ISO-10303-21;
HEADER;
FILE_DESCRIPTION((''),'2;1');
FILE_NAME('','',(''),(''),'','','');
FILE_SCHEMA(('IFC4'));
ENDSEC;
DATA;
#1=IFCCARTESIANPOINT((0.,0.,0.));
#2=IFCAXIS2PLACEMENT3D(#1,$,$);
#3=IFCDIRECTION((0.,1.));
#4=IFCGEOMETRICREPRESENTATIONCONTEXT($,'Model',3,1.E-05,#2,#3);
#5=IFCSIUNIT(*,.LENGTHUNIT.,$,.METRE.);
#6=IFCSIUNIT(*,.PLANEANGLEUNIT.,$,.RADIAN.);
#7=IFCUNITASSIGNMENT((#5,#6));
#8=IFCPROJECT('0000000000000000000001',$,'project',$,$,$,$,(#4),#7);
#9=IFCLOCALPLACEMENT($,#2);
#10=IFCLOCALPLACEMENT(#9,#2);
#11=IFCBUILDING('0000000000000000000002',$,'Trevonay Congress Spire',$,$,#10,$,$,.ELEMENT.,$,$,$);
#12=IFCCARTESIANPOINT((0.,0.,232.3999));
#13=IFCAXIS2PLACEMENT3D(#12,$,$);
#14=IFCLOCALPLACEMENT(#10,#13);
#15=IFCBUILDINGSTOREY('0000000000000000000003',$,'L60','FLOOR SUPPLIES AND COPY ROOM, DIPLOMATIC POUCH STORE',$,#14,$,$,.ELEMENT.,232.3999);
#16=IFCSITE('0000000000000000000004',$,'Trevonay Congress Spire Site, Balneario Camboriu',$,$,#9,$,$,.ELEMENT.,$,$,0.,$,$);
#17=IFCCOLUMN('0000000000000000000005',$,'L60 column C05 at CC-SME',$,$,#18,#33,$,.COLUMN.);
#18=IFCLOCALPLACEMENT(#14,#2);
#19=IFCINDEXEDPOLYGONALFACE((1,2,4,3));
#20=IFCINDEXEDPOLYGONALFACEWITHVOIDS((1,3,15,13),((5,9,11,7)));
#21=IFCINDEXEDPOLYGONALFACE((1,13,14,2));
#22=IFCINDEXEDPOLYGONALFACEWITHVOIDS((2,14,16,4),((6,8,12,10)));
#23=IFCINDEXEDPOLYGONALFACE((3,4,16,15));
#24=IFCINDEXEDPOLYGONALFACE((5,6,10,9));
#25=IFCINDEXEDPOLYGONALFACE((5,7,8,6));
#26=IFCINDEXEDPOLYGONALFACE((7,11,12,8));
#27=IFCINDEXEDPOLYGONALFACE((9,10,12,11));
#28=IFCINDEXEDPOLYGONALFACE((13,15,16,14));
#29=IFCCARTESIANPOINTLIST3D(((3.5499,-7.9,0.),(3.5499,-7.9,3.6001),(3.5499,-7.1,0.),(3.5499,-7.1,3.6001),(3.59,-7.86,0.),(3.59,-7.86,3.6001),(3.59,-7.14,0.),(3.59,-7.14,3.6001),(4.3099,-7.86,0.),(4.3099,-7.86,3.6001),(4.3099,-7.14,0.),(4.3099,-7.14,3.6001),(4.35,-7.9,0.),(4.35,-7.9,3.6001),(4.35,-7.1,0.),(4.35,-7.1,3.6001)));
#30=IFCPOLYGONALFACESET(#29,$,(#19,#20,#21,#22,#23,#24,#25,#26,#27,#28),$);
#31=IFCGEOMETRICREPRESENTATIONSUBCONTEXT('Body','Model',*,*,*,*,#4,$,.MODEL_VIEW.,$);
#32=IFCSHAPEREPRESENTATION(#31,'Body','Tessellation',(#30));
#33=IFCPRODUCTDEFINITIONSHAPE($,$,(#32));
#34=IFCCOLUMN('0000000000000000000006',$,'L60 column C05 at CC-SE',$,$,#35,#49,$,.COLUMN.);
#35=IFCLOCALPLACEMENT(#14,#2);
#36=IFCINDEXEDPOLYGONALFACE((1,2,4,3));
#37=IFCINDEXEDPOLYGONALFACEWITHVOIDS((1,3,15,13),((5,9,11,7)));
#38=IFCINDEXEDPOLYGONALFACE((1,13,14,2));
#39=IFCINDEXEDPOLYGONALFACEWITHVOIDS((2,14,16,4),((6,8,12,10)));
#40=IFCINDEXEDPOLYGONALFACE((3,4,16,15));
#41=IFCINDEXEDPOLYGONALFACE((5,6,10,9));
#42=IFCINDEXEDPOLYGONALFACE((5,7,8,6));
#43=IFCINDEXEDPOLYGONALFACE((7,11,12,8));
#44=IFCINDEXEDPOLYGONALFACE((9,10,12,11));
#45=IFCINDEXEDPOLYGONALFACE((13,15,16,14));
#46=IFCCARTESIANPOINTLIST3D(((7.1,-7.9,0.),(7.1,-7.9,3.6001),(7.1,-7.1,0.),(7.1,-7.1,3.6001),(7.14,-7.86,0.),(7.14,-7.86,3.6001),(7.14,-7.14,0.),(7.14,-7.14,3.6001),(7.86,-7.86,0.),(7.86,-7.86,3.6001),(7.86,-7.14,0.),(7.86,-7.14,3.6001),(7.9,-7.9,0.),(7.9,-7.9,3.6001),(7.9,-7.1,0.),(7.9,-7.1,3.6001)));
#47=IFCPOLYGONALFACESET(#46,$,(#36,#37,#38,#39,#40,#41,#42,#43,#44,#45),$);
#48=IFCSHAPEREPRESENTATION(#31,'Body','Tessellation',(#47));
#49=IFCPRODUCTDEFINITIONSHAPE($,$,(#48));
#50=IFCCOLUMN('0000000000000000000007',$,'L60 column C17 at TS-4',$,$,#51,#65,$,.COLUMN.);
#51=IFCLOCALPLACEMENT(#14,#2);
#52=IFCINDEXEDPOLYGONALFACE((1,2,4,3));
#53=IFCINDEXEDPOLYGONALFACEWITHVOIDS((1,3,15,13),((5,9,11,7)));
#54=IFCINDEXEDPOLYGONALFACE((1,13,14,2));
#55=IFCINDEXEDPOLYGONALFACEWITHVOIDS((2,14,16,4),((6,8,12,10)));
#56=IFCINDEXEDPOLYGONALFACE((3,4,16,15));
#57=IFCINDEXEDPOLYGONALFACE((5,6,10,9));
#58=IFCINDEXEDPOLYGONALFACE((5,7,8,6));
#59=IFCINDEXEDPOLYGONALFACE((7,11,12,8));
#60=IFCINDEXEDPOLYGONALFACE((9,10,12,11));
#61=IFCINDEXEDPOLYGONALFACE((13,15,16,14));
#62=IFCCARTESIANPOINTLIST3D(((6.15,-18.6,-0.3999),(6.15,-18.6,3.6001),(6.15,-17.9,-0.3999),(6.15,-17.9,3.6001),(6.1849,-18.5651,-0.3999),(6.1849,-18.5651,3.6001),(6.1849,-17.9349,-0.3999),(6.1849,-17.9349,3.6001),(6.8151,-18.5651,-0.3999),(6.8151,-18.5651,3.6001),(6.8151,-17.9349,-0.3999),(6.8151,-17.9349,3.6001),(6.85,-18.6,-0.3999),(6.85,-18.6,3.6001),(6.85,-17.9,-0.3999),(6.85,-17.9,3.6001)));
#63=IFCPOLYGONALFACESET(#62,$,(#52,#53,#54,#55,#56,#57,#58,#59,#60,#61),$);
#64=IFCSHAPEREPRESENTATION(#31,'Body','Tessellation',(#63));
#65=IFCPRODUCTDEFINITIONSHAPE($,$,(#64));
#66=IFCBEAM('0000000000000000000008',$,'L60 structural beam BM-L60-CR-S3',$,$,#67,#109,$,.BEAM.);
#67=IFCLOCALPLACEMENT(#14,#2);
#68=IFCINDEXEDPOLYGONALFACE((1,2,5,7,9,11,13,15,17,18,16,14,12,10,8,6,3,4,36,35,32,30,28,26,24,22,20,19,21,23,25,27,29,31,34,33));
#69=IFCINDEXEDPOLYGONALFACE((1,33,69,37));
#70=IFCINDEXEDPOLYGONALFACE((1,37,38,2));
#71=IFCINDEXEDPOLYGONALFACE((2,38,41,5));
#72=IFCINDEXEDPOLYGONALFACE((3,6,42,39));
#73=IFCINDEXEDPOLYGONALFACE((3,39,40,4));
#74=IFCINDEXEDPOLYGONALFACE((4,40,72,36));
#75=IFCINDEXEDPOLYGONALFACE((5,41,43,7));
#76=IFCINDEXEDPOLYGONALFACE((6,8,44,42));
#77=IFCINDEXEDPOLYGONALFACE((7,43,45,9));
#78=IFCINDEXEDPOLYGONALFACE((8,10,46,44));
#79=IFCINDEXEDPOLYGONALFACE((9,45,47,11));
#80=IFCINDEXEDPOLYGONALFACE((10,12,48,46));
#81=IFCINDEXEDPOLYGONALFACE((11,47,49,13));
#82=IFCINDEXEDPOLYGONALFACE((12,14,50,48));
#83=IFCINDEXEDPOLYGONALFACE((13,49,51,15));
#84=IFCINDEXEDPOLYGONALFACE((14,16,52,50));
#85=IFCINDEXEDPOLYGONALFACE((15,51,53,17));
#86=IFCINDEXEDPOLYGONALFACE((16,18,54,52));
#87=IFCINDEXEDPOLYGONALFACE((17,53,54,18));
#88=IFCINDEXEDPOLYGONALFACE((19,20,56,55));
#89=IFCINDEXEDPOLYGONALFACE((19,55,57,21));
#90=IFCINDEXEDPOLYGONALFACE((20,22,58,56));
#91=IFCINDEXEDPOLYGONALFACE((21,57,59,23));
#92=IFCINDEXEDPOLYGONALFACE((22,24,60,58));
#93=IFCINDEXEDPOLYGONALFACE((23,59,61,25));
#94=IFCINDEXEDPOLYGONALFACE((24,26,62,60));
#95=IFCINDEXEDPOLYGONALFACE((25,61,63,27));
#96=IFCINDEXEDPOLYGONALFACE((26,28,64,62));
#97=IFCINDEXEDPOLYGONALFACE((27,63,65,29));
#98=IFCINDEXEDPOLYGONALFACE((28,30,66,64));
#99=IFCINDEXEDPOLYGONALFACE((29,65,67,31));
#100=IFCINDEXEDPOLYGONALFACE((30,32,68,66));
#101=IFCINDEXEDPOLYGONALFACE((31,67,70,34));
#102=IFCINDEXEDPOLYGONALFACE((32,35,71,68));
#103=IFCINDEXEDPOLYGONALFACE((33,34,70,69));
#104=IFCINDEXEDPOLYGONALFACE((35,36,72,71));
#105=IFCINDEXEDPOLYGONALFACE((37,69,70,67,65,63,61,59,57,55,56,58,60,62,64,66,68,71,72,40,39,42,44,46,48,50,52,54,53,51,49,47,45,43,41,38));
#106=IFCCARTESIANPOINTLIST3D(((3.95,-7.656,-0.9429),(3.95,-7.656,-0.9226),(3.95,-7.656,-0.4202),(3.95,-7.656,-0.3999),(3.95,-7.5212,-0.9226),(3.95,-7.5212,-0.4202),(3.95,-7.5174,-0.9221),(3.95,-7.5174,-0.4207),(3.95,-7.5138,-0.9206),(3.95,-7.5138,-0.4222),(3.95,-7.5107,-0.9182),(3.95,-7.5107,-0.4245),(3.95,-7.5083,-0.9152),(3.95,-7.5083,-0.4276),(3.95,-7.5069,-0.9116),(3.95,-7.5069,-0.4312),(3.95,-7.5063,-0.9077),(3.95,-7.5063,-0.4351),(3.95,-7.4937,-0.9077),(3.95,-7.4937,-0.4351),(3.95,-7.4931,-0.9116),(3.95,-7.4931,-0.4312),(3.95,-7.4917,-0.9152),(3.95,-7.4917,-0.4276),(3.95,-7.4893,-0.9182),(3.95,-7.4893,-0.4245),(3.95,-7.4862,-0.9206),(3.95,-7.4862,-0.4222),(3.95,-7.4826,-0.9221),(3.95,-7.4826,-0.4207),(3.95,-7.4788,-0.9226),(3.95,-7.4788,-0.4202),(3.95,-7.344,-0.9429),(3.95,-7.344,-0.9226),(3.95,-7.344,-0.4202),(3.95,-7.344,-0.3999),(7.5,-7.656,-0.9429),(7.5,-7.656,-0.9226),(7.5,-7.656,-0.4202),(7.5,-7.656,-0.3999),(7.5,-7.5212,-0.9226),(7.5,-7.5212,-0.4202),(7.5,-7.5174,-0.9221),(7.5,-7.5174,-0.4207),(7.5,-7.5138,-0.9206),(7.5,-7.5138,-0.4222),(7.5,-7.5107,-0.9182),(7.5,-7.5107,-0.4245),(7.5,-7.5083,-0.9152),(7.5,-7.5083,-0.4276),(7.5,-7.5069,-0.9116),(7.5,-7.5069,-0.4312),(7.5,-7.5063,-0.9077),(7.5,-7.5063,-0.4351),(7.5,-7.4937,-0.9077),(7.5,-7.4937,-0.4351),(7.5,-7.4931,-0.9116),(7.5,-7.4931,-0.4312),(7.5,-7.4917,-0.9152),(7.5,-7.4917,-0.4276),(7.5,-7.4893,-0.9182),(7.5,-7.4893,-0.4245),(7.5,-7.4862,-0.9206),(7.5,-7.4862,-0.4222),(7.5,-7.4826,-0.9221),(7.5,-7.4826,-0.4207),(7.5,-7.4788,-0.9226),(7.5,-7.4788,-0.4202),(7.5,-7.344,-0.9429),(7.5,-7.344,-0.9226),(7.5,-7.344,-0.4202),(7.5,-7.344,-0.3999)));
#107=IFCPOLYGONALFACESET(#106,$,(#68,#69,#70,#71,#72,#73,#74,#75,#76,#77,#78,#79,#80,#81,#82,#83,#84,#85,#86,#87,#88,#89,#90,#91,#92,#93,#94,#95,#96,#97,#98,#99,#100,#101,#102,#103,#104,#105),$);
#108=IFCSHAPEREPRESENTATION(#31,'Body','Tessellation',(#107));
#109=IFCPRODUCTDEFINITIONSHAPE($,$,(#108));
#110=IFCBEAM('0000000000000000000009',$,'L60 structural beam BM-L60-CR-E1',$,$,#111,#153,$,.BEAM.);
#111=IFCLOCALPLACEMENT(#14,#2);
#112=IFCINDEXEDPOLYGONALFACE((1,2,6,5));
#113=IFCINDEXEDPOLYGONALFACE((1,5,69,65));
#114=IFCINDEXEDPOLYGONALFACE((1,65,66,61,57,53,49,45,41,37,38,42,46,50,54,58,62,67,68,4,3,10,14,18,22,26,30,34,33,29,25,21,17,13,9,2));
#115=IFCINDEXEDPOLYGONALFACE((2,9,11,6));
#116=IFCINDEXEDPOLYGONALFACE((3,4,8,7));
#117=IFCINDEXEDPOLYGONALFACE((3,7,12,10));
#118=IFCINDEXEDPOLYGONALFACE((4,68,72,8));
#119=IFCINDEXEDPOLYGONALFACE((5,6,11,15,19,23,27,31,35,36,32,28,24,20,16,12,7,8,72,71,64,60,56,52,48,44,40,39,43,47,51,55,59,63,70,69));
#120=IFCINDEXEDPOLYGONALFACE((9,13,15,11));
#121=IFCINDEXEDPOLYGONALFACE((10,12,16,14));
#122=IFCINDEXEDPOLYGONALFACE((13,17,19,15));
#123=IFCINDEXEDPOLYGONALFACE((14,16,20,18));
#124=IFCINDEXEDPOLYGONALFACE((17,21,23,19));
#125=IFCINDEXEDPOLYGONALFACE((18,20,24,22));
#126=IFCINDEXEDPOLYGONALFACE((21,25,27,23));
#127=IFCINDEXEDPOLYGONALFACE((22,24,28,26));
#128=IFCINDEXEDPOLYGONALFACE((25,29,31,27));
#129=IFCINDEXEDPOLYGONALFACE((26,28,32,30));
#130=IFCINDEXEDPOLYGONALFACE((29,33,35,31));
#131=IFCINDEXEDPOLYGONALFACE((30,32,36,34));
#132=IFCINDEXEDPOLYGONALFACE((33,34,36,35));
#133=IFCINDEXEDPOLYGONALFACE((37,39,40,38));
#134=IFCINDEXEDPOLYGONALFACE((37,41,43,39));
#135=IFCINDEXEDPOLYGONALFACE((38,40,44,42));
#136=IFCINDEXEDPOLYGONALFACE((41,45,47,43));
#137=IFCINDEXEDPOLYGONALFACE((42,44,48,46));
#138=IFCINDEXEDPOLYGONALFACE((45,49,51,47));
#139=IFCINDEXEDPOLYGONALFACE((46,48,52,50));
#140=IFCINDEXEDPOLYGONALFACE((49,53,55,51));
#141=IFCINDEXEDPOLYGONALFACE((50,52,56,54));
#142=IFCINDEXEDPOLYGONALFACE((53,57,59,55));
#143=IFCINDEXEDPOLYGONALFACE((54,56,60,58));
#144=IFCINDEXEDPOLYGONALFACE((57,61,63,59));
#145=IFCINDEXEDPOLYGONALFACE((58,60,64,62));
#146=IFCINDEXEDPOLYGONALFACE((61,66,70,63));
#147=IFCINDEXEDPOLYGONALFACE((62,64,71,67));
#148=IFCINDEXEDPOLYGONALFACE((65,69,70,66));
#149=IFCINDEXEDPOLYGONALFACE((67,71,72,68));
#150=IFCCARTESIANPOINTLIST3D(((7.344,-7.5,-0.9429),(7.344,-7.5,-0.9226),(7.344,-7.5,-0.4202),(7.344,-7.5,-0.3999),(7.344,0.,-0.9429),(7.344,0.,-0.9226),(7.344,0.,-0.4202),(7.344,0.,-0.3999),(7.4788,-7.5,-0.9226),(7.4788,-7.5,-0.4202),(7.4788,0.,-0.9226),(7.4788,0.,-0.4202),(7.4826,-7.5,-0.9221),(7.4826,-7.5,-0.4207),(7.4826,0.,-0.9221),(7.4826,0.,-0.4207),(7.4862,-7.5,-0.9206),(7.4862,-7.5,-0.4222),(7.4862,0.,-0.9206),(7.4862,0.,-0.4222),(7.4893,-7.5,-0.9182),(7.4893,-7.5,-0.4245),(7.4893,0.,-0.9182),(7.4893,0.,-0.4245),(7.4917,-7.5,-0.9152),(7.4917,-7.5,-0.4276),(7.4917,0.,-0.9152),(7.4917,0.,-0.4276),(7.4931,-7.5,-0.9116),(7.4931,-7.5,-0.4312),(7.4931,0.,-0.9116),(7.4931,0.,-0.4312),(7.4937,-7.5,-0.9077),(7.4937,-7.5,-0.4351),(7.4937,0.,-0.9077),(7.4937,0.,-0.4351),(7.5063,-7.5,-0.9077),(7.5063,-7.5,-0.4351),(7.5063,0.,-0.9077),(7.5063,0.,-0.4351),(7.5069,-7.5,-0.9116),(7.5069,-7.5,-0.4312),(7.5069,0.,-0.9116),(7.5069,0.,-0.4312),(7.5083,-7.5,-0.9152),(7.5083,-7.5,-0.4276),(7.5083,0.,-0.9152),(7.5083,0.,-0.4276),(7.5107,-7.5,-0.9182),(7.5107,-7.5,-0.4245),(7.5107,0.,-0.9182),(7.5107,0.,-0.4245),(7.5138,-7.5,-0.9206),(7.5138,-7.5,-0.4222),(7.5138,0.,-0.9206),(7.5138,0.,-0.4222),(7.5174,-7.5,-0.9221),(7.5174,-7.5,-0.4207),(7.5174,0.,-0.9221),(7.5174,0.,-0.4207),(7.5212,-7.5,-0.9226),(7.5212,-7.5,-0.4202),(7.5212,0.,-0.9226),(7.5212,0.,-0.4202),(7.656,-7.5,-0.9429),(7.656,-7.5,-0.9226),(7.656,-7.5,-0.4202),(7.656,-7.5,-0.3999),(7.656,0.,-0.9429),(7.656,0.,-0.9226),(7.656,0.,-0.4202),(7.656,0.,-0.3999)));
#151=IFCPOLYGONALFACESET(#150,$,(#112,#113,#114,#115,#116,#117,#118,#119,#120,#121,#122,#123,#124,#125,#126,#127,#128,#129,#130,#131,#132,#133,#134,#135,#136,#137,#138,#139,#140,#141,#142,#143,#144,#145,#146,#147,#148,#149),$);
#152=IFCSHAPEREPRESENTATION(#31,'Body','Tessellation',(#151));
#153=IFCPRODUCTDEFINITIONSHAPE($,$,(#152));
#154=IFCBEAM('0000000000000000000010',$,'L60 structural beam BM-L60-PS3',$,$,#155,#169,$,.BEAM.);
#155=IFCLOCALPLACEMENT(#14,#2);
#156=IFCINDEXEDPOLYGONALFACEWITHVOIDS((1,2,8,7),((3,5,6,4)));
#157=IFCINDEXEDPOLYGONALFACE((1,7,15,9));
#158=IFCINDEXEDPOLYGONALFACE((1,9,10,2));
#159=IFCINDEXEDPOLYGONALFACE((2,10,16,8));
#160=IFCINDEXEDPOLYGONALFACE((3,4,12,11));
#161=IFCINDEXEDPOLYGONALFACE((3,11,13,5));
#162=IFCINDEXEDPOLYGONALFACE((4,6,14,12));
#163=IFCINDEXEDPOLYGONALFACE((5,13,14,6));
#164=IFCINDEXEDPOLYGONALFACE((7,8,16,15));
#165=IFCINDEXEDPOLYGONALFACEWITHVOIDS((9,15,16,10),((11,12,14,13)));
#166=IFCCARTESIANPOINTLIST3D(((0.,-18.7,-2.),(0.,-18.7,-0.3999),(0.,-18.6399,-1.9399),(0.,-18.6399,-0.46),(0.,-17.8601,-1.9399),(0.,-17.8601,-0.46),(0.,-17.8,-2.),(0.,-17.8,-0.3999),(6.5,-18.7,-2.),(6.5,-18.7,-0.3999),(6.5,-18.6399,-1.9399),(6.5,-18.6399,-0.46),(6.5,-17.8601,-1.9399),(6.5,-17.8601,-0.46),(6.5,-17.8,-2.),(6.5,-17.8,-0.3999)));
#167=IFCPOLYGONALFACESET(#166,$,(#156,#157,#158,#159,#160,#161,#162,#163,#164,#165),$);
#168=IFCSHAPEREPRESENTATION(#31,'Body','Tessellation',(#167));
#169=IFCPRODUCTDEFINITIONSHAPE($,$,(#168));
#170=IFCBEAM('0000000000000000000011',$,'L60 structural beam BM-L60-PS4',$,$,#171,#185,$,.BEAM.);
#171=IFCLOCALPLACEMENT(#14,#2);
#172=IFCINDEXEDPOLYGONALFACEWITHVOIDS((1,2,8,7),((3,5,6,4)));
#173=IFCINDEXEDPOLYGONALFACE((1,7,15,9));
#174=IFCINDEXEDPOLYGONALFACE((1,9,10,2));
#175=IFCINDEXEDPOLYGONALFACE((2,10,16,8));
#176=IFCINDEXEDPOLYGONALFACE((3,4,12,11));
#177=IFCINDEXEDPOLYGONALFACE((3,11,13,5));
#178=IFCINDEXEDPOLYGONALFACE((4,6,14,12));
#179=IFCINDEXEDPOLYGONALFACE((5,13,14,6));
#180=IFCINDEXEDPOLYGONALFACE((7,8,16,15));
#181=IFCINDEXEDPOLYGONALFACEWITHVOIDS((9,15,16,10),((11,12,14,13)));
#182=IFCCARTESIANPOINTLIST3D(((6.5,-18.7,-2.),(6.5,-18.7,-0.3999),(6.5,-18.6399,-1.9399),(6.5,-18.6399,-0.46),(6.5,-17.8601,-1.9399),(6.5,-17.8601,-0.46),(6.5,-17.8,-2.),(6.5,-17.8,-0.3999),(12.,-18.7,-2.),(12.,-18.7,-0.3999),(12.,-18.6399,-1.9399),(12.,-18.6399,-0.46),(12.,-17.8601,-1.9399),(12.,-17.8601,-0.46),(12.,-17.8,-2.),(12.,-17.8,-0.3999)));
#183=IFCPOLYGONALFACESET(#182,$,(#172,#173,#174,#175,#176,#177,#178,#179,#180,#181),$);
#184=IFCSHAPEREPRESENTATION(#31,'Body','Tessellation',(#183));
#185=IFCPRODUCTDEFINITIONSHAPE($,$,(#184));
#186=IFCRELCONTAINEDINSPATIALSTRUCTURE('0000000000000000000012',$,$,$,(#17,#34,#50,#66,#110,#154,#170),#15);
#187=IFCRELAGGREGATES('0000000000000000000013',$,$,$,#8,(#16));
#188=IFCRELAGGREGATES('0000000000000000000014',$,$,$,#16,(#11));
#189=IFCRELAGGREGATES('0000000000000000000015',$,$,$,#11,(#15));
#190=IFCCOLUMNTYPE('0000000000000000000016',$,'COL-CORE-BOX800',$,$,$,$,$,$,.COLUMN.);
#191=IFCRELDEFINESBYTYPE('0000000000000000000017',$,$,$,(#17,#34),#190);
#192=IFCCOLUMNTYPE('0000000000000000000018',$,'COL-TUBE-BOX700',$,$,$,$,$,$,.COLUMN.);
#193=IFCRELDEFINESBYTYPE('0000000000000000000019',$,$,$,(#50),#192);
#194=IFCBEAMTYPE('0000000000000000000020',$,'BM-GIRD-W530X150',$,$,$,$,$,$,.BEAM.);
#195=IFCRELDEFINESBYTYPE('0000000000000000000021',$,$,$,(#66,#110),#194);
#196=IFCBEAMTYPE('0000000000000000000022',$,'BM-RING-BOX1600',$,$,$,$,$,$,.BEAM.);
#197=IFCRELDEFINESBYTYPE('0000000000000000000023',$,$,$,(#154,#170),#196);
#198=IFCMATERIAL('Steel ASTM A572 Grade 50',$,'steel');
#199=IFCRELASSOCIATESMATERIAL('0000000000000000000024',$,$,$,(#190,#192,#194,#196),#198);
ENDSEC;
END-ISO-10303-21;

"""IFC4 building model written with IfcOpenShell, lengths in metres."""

from ifc_helpers import new_model, si_unit, direction, frame, origin, origin_2d, place, context, subcontext, project, spatial, hollow_rectangle, i_section, extrude, material, material_profile, profile_set, type_object, element, save


model = new_model("IFC4")

# Units and contexts
model_context = context("Model", 3, precision=1e-05, world=origin(), true_north=direction((0.0, 1.0)))
body_context = subcontext(model_context, "Body", "Model", "MODEL_VIEW")
ifc_project = project(units=[si_unit("LENGTHUNIT", "METRE"), si_unit("PLANEANGLEUNIT", "RADIAN")], contexts=[model_context])

# Site, building, storey
site_placement = place(None, origin())
site = spatial("IfcSite", under=ifc_project, at=site_placement, Name="Trevonay Congress Spire Site, Balneario Camboriu", CompositionType="ELEMENT", RefElevation=0.0)
building_placement = place(site_placement, origin())
building = spatial("IfcBuilding", under=site, at=building_placement, Name="Trevonay Congress Spire", CompositionType="ELEMENT")
storey_placement = place(building_placement, frame((0.0, 0.0, 232.3999)))
storey = spatial("IfcBuildingStorey", under=building, at=storey_placement, Name="L60", Description="FLOOR SUPPLIES AND COPY ROOM, DIPLOMATIC POUCH STORE", CompositionType="ELEMENT", Elevation=232.3999)

# Columns
ifc_material_1 = material(Name="Steel ASTM A572 Grade 50", Category="steel")
ifc_material_profile_1 = material_profile(ifc_material_1, hollow_rectangle(XDim=0.8, YDim=0.8, WallThickness=0.04, at=origin_2d()), Name="BOX 800x800x40")
ifc_profile_set_1 = profile_set([ifc_material_profile_1], Name="Steel ASTM A572 Grade 50")
column_type_1 = type_object("IfcColumnType", Name="COL-CORE-BOX800", PredefinedType="COLUMN", material=ifc_profile_set_1)
for number, where, z_axis, x_axis, name in (
    (1, (3.95, -7.5, 0.0), (0.0, 0.0, 1.0), (1.0, 0.0, 0.0), "L60 column C05 at CC-SME"),
    (2, (7.5, -7.5, 0.0), (0.0, 0.0, 1.0), (1.0, 0.0, 0.0), "L60 column C05 at CC-SE"),
):
    element("IfcColumn", number, at=place(storey_placement, frame(where, z_axis=z_axis, x_axis=x_axis)), inside=storey, type_object=column_type_1, Name=name, PredefinedType="COLUMN", context=body_context, shape_type="SweptSolid", body=[
        extrude(hollow_rectangle(XDim=0.8, YDim=0.8, WallThickness=0.04, at=origin_2d()), origin(), (0.0, 0.0, 1.0), 3.6001),
    ])
ifc_material_profile_2 = material_profile(ifc_material_1, hollow_rectangle(XDim=0.7, YDim=0.7, WallThickness=0.0349, at=origin_2d()), Name="BOX 700x700x35")
ifc_profile_set_2 = profile_set([ifc_material_profile_2], Name="Steel ASTM A572 Grade 50")
column_type_2 = type_object("IfcColumnType", Name="COL-TUBE-BOX700", PredefinedType="COLUMN", material=ifc_profile_set_2)
column_placement = place(storey_placement, frame((6.5, -18.25, -0.3999), z_axis=(0.0, 0.0, 1.0), x_axis=(1.0, 0.0, 0.0)))
element("IfcColumn", 3, at=column_placement, inside=storey, type_object=column_type_2, Name="L60 column C17 at TS-4", PredefinedType="COLUMN", context=body_context, shape_type="SweptSolid", body=[
    extrude(hollow_rectangle(XDim=0.7, YDim=0.7, WallThickness=0.0349, at=origin_2d()), origin(), (0.0, 0.0, 1.0), 4.0),
])

# Beams
ifc_material_profile_3 = material_profile(ifc_material_1, i_section(OverallWidth=0.312, OverallDepth=0.543, WebThickness=0.0127, FlangeThickness=0.0203, FilletRadius=0.0149, at=origin_2d()), Name="W530x150")
ifc_profile_set_3 = profile_set([ifc_material_profile_3], Name="Steel ASTM A572 Grade 50")
beam_type_1 = type_object("IfcBeamType", Name="BM-GIRD-W530X150", PredefinedType="BEAM", material=ifc_profile_set_3)
beam_1_placement = place(storey_placement, frame((3.95, -7.5, -0.6714), z_axis=(1.0, 0.0, 0.0), x_axis=(0.0, 1.0, 0.0)))
element("IfcBeam", 4, at=beam_1_placement, inside=storey, type_object=beam_type_1, Name="L60 structural beam BM-L60-CR-S3", PredefinedType="BEAM", context=body_context, shape_type="SweptSolid", body=[
    extrude(i_section(OverallWidth=0.312, OverallDepth=0.543, WebThickness=0.0127, FlangeThickness=0.0203, FilletRadius=0.0149, at=origin_2d()), origin(), (0.0, 0.0, 1.0), 3.55),
])
beam_2_placement = place(storey_placement, frame((7.5, -7.5, -0.6714), z_axis=(0.0, 1.0, 0.0), x_axis=(-1.0, 0.0, 0.0)))
element("IfcBeam", 5, at=beam_2_placement, inside=storey, type_object=beam_type_1, Name="L60 structural beam BM-L60-CR-E1", PredefinedType="BEAM", context=body_context, shape_type="SweptSolid", body=[
    extrude(i_section(OverallWidth=0.312, OverallDepth=0.543, WebThickness=0.0127, FlangeThickness=0.0203, FilletRadius=0.0149, at=origin_2d()), origin(), (0.0, 0.0, 1.0), 7.5),
])
ifc_material_profile_4 = material_profile(ifc_material_1, hollow_rectangle(XDim=0.8999, YDim=1.6001, WallThickness=0.0601, at=origin_2d()), Name="BOX 1600x900x60")
ifc_profile_set_4 = profile_set([ifc_material_profile_4], Name="Steel ASTM A572 Grade 50")
beam_type_2 = type_object("IfcBeamType", Name="BM-RING-BOX1600", PredefinedType="BEAM", material=ifc_profile_set_4)
beam_3_placement = place(storey_placement, frame((0.0, -18.25, -1.2), z_axis=(1.0, 0.0, 0.0), x_axis=(0.0, 1.0, 0.0)))
element("IfcBeam", 6, at=beam_3_placement, inside=storey, type_object=beam_type_2, Name="L60 structural beam BM-L60-PS3", PredefinedType="BEAM", context=body_context, shape_type="SweptSolid", body=[
    extrude(hollow_rectangle(XDim=0.8999, YDim=1.6001, WallThickness=0.0601, at=origin_2d()), origin(), (0.0, 0.0, 1.0), 6.5),
])
for number, where, z_axis, x_axis, name in (
    (7, (6.5, -18.25, -1.2), (1.0, 0.0, 0.0), (0.0, 1.0, 0.0), "L60 structural beam BM-L60-PS4"),
):
    element("IfcBeam", number, at=place(storey_placement, frame(where, z_axis=z_axis, x_axis=x_axis)), inside=storey, type_object=beam_type_2, Name=name, PredefinedType="BEAM", context=body_context, shape_type="SweptSolid", body=[
        extrude(hollow_rectangle(XDim=0.8999, YDim=1.6001, WallThickness=0.0601, at=origin_2d()), origin(), (0.0, 0.0, 1.0), 5.5),
    ])

save(model, "model.ifc")
